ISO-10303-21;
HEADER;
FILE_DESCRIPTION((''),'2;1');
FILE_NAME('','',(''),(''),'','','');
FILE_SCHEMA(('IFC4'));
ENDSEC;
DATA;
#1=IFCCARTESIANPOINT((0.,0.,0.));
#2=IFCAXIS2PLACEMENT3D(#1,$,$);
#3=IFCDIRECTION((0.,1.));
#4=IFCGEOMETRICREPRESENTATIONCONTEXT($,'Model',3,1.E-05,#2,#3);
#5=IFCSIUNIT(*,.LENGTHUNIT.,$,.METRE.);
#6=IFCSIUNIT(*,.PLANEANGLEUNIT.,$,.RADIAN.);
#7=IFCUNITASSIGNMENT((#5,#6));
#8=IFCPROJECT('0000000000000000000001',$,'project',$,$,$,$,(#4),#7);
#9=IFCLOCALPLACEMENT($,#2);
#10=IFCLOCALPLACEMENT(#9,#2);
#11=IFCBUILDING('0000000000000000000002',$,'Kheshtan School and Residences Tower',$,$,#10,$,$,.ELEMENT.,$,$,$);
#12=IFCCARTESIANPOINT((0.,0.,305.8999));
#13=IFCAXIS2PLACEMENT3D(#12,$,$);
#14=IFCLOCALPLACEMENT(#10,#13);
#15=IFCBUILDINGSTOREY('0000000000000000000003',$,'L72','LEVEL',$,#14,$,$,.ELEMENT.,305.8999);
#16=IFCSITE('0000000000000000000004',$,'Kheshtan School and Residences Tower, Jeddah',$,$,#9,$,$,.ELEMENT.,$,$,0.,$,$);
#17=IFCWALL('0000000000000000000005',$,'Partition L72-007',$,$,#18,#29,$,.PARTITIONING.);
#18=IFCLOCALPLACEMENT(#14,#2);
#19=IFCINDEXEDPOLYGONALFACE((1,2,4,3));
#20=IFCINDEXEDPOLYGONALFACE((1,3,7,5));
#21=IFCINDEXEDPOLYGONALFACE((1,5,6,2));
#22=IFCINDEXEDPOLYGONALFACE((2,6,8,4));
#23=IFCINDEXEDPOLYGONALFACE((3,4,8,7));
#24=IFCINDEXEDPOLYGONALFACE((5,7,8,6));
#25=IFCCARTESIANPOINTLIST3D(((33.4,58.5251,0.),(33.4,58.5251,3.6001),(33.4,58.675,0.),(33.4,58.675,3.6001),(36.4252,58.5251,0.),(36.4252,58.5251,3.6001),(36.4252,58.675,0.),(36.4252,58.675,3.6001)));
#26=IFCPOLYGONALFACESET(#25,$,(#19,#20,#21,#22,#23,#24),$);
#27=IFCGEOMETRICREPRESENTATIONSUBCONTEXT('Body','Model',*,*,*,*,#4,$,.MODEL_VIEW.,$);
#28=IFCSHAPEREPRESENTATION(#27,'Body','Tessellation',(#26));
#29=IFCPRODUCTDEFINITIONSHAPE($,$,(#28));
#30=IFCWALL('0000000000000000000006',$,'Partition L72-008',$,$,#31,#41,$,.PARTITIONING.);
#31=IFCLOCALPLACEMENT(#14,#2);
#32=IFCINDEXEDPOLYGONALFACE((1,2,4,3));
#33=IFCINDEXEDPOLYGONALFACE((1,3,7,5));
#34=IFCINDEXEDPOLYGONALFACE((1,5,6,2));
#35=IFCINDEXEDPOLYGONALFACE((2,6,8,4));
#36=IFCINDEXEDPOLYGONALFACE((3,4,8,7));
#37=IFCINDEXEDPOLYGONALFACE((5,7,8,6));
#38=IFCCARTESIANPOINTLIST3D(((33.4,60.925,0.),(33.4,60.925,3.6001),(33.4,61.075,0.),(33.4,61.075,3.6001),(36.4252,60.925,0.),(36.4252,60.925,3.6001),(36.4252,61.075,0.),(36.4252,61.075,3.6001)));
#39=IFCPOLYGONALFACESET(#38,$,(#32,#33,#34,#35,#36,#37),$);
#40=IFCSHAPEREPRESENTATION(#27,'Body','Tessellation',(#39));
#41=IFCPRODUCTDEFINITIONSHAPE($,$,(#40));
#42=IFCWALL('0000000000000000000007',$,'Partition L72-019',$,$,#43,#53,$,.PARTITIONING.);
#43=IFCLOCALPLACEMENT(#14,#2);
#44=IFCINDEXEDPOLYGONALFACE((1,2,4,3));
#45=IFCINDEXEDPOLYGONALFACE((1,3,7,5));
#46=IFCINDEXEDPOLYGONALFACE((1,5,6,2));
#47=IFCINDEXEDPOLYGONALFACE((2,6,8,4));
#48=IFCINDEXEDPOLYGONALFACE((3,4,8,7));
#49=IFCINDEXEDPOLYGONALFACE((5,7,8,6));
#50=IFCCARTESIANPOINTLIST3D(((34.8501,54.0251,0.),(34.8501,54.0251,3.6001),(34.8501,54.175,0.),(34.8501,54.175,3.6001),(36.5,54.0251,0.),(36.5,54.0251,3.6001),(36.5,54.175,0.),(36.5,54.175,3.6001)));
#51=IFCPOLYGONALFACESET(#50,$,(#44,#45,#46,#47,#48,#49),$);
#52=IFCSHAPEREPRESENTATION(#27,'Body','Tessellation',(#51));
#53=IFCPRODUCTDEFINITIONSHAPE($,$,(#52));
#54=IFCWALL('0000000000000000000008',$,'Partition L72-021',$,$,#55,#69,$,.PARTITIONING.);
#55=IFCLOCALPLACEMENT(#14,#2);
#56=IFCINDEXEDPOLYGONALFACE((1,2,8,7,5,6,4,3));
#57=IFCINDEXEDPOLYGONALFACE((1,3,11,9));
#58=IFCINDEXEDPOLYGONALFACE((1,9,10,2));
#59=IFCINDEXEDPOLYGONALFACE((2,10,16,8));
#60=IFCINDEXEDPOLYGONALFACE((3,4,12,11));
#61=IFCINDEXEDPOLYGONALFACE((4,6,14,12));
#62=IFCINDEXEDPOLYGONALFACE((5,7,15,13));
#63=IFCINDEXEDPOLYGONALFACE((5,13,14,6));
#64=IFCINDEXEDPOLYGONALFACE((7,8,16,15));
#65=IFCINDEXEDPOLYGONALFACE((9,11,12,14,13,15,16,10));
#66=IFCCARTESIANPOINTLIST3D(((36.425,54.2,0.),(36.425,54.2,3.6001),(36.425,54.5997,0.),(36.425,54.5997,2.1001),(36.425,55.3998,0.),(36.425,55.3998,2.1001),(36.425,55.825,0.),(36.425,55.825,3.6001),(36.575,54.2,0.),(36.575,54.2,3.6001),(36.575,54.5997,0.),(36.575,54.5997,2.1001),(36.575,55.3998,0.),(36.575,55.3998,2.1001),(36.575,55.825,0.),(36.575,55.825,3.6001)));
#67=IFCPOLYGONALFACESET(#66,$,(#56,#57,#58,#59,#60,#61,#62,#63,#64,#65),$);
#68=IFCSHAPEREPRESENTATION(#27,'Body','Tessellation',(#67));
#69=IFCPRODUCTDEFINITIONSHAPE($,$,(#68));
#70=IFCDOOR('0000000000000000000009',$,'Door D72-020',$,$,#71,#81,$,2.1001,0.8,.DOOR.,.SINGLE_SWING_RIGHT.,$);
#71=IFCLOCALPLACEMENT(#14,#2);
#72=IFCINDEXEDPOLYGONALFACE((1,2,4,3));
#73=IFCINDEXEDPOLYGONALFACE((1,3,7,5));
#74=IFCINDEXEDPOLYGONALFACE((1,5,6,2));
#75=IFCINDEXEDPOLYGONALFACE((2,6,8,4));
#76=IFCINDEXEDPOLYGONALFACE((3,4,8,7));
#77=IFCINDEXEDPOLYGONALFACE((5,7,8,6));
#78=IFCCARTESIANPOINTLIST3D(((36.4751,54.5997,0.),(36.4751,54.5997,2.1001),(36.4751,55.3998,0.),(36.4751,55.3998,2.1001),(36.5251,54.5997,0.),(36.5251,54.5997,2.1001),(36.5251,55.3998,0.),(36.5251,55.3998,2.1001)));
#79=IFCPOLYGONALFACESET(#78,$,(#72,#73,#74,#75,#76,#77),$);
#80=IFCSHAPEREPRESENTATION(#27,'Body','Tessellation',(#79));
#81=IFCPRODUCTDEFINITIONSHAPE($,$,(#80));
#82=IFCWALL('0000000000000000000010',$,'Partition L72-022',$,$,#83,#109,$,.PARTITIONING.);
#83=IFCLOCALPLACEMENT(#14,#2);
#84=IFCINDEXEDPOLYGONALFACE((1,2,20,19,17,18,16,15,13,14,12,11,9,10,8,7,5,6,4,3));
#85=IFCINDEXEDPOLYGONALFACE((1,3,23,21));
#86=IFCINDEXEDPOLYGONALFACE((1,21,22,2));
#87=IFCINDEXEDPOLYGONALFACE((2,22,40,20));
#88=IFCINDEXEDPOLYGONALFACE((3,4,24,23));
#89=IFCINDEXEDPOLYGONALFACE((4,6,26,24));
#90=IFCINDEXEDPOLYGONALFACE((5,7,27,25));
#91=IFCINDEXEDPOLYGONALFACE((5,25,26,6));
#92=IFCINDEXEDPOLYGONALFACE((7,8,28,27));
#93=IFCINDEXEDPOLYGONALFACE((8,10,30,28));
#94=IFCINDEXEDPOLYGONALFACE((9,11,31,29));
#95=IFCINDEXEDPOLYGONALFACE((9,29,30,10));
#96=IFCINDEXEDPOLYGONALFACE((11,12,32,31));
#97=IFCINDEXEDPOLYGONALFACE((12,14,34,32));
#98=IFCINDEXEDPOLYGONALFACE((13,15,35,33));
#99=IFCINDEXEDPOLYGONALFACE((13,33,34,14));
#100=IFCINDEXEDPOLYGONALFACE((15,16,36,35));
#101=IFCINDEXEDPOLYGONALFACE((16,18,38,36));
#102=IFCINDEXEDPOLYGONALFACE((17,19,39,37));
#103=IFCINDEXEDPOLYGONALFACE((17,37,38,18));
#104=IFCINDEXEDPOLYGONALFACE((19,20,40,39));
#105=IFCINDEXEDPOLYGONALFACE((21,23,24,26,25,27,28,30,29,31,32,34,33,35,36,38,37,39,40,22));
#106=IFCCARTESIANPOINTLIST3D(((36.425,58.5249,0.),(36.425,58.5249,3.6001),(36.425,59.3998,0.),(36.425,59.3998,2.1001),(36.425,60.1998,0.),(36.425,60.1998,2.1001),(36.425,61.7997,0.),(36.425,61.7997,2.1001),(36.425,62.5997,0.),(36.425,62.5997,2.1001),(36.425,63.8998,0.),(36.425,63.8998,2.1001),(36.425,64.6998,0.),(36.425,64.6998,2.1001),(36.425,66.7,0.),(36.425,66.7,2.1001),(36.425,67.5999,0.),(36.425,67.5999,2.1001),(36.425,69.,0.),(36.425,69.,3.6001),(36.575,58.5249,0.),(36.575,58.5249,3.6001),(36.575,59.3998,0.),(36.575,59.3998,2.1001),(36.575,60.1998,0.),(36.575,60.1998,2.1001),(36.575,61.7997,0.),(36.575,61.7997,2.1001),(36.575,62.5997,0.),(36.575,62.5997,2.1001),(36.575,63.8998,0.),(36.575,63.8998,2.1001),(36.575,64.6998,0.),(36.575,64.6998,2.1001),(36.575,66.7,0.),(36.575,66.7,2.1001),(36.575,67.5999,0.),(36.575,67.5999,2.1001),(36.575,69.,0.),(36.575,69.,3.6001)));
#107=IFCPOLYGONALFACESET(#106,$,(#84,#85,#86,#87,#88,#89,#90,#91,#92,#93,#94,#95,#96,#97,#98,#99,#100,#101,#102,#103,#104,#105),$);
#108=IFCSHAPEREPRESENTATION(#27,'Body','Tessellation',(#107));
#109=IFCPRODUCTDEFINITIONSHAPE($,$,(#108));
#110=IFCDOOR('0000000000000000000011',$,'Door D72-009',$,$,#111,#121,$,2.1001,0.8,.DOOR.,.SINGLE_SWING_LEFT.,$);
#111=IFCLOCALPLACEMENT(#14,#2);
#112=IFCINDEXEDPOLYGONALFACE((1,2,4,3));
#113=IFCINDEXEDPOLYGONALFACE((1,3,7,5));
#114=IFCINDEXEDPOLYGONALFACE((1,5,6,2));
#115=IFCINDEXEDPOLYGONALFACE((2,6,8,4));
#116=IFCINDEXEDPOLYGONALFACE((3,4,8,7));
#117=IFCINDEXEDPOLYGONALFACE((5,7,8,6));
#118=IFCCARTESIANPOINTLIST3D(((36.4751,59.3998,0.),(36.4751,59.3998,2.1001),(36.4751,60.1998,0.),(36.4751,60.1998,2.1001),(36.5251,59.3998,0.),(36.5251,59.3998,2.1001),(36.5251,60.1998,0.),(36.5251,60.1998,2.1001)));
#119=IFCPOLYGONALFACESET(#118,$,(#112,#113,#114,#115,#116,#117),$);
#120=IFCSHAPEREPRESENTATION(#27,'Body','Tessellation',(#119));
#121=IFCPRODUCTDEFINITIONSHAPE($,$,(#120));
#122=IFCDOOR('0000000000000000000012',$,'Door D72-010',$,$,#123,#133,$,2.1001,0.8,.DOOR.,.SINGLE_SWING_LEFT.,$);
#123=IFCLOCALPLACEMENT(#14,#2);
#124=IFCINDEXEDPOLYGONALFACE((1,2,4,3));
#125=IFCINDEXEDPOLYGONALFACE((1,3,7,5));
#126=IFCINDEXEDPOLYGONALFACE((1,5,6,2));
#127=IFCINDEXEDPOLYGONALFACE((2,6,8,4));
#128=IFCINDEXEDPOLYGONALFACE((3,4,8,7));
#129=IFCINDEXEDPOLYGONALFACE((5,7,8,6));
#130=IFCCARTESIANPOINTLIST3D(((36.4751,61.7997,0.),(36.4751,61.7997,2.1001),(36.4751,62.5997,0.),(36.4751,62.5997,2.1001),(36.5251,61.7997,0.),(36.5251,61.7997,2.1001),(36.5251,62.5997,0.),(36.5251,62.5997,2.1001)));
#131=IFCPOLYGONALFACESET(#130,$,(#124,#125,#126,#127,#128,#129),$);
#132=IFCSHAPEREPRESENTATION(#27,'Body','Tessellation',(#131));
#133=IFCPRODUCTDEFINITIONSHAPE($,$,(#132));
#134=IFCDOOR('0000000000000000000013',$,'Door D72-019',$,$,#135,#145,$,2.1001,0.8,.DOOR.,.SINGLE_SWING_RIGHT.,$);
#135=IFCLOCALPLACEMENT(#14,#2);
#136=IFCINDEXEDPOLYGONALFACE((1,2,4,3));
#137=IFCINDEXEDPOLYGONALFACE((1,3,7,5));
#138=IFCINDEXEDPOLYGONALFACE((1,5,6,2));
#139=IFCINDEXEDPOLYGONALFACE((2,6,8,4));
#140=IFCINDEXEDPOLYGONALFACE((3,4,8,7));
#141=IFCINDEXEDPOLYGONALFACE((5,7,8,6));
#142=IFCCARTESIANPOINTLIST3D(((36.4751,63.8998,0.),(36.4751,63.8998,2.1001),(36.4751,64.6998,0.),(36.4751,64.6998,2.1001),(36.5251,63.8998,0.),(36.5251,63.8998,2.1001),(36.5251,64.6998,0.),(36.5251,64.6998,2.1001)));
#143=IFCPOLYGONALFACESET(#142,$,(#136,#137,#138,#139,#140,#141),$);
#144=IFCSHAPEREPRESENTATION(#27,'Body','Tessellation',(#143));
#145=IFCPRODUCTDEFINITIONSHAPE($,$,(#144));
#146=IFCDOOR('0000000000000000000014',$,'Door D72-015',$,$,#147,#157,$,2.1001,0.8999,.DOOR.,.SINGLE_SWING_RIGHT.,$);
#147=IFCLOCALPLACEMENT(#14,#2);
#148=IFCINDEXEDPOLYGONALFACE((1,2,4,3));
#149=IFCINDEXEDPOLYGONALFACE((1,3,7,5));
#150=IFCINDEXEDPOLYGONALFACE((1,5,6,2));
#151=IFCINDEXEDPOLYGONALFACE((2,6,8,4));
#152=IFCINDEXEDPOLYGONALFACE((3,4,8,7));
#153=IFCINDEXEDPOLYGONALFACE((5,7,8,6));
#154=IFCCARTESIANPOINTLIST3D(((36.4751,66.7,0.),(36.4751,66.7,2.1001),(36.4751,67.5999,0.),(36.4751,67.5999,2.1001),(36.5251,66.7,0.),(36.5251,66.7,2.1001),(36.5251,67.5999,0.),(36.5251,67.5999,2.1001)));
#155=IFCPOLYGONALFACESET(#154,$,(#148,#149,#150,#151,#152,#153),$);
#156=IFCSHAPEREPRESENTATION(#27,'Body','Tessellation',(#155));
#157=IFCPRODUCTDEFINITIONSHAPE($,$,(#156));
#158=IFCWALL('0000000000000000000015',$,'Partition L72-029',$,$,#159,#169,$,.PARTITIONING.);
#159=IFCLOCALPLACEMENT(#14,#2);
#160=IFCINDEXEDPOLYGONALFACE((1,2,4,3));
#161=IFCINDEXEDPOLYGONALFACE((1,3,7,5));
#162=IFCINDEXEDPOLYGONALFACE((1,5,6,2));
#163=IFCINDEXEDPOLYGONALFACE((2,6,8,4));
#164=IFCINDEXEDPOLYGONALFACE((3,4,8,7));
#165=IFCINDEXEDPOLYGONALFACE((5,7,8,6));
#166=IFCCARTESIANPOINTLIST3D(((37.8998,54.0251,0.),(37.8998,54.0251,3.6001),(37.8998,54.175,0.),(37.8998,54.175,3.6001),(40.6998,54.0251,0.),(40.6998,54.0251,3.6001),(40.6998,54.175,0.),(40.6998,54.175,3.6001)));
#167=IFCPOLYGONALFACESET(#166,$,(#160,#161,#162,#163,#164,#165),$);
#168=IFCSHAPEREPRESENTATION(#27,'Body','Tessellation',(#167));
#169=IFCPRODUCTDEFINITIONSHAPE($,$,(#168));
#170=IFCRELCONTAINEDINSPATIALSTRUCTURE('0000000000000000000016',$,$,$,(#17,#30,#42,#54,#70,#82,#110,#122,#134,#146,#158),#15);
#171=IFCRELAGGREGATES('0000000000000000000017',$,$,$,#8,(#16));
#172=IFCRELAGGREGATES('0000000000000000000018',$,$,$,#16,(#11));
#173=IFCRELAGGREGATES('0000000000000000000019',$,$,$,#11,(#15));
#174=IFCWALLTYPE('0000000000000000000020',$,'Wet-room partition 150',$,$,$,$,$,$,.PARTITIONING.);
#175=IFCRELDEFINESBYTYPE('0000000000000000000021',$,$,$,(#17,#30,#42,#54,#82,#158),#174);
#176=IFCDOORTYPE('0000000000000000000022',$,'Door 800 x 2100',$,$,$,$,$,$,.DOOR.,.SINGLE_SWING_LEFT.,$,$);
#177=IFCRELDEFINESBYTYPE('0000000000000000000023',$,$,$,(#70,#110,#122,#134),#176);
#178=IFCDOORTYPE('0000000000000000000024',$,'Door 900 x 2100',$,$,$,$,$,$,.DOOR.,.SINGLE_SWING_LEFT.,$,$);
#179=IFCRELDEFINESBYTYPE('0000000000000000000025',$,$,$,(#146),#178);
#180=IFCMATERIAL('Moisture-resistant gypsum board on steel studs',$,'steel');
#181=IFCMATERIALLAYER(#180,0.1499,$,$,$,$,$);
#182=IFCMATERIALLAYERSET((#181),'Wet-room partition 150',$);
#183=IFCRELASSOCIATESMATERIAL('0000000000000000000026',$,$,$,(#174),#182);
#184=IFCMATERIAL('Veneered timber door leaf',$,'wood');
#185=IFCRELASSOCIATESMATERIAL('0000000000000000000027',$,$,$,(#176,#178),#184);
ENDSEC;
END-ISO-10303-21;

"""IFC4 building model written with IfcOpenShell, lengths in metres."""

from ifc_helpers import new_model, si_unit, direction, frame, frame_2d, origin, place, context, subcontext, project, spatial, rectangle, extrude, source, transform, mapped, material, layer, layer_set, type_object, element, fill, save


model = new_model("IFC4")

# Units and contexts
model_context = context("Model", 3, precision=1e-05, world=origin(), true_north=direction((0.0, 1.0)))
body_context = subcontext(model_context, "Body", "Model", "MODEL_VIEW")
ifc_project = project(units=[si_unit("LENGTHUNIT", "METRE"), si_unit("PLANEANGLEUNIT", "RADIAN")], contexts=[model_context])

# Site, building, storey
site_placement = place(None, origin())
site = spatial("IfcSite", under=ifc_project, at=site_placement, Name="Kheshtan School and Residences Tower, Jeddah", CompositionType="ELEMENT", RefElevation=0.0)
building_placement = place(site_placement, origin())
building = spatial("IfcBuilding", under=site, at=building_placement, Name="Kheshtan School and Residences Tower", CompositionType="ELEMENT")
storey_placement = place(building_placement, frame((0.0, 0.0, 305.8999)))
storey = spatial("IfcBuildingStorey", under=building, at=storey_placement, Name="L72", Description="LEVEL", CompositionType="ELEMENT", Elevation=305.8999)

# Walls
ifc_material_1 = material(Name="Moisture-resistant gypsum board on steel studs", Category="steel")
ifc_layer_1 = layer(ifc_material_1, 0.1499)
ifc_layer_set_1 = layer_set([ifc_layer_1], Name="Wet-room partition 150")
wall_type_1 = type_object("IfcWallType", Name="Wet-room partition 150", PredefinedType="PARTITIONING", material=ifc_layer_set_1)
for number, where, z_axis, x_axis, name in (
    (1, (33.3999, 58.6001, 0.0), (0.0, 0.0, 1.0), (1.0, 0.0, 0.0), "Partition L72-007"),
    (2, (33.3999, 61.0, 0.0), (0.0, 0.0, 1.0), (1.0, 0.0, 0.0), "Partition L72-008"),
):
    element("IfcWall", number, at=place(storey_placement, frame(where, z_axis=z_axis, x_axis=x_axis)), inside=storey, type_object=wall_type_1, Name=name, PredefinedType="PARTITIONING", context=body_context, shape_type="SweptSolid", body=[
        extrude(rectangle(XDim=3.0251, YDim=0.1499, at=frame_2d((1.5127, 0.0))), origin(), (0.0, 0.0, 1.0), 3.6001),
    ])
wall_1_placement = place(storey_placement, frame((34.8501, 54.1001, 0.0), z_axis=(0.0, 0.0, 1.0), x_axis=(1.0, 0.0, 0.0)))
element("IfcWall", 3, at=wall_1_placement, inside=storey, type_object=wall_type_1, Name="Partition L72-019", PredefinedType="PARTITIONING", context=body_context, shape_type="SweptSolid", body=[
    extrude(rectangle(XDim=1.6499, YDim=0.1499, at=frame_2d((0.825, 0.0))), origin(), (0.0, 0.0, 1.0), 3.6001),
])

# Wall, opening, door
wall_2_placement = place(storey_placement, frame((36.5, 54.2, 0.0), z_axis=(0.0, 0.0, 1.0), x_axis=(0.0, 1.0, 0.0)))
wall_2 = element("IfcWall", 4, at=wall_2_placement, inside=storey, type_object=wall_type_1, Name="Partition L72-021", PredefinedType="PARTITIONING", context=body_context, shape_type="SweptSolid", body=[
    extrude(rectangle(XDim=1.625, YDim=0.1499, at=frame_2d((0.8125, 0.0))), origin(), (0.0, 0.0, 1.0), 3.6001),
])
opening_1_placement = place(wall_2_placement, frame((0.3999, 0.0, 0.0)))
opening_1 = element("IfcOpeningElement", 5, at=opening_1_placement, cuts=wall_2, PredefinedType="OPENING", context=body_context, shape_type="SweptSolid", body=[
    extrude(rectangle(XDim=0.8, YDim=2.1001, at=frame_2d((0.3999, 1.05))), frame((0.0, 0.085, 0.0), z_axis=(0.0, -1.0, 0.0), x_axis=(1.0, 0.0, 0.0)), (0.0, 0.0, 1.0), 0.1699),
])
ifc_material_2 = material(Name="Veneered timber door leaf", Category="wood")
door_type_1 = type_object("IfcDoorType", Name="Door 800 x 2100", OperationType="SINGLE_SWING_LEFT", PredefinedType="DOOR", material=ifc_material_2)
shared_shape_1 = source(origin(), body_context, "Body", "SweptSolid", [
    extrude(rectangle(XDim=0.8, YDim=2.1001, at=frame_2d((0.3999, 1.05))), frame((0.0, 0.0249, 0.0), z_axis=(0.0, -1.0, 0.0), x_axis=(1.0, 0.0, 0.0)), (0.0, 0.0, 1.0), 0.05),
])
door_1_placement = place(opening_1_placement, origin())
door_1 = element("IfcDoor", 6, at=door_1_placement, inside=storey, type_object=door_type_1, Name="Door D72-020", OperationType="SINGLE_SWING_RIGHT", OverallHeight=2.1001, OverallWidth=0.8, PredefinedType="DOOR", context=body_context, shape_type="MappedRepresentation", body=[
    mapped(shared_shape_1, transform((0.0, 0.0, 0.0), x_axis=(1.0, 0.0, 0.0), y_axis=(0.0, 1.0, 0.0), z_axis=(0.0, 0.0, 1.0), scale=1.0)),
])
fill(opening_1, door_1)

# Wall, openings, doors
wall_3_placement = place(storey_placement, frame((36.5, 58.5249, 0.0), z_axis=(0.0, 0.0, 1.0), x_axis=(0.0, 1.0, 0.0)))
wall_3 = element("IfcWall", 7, at=wall_3_placement, inside=storey, type_object=wall_type_1, Name="Partition L72-022", PredefinedType="PARTITIONING", context=body_context, shape_type="SweptSolid", body=[
    extrude(rectangle(XDim=10.4751, YDim=0.1499, at=frame_2d((5.2375, 0.0))), origin(), (0.0, 0.0, 1.0), 3.6001),
])
opening_2_placement = place(wall_3_placement, frame((0.875, 0.0, 0.0)))
opening_2 = element("IfcOpeningElement", 8, at=opening_2_placement, cuts=wall_3, PredefinedType="OPENING", context=body_context, shape_type="SweptSolid", body=[
    extrude(rectangle(XDim=0.8, YDim=2.1001, at=frame_2d((0.3999, 1.05))), frame((0.0, 0.085, 0.0), z_axis=(0.0, -1.0, 0.0), x_axis=(1.0, 0.0, 0.0)), (0.0, 0.0, 1.0), 0.1699),
])
opening_3_placement = place(wall_3_placement, frame((3.2749, 0.0, 0.0)))
opening_3 = element("IfcOpeningElement", 9, at=opening_3_placement, cuts=wall_3, PredefinedType="OPENING", context=body_context, shape_type="SweptSolid", body=[
    extrude(rectangle(XDim=0.8, YDim=2.1001, at=frame_2d((0.3999, 1.05))), frame((0.0, 0.085, 0.0), z_axis=(0.0, -1.0, 0.0), x_axis=(1.0, 0.0, 0.0)), (0.0, 0.0, 1.0), 0.1699),
])
opening_4_placement = place(wall_3_placement, frame((8.175, 0.0, 0.0)))
opening_4 = element("IfcOpeningElement", 10, at=opening_4_placement, cuts=wall_3, PredefinedType="OPENING", context=body_context, shape_type="SweptSolid", body=[
    extrude(rectangle(XDim=0.8999, YDim=2.1001, at=frame_2d((0.45, 1.05))), frame((0.0, 0.085, 0.0), z_axis=(0.0, -1.0, 0.0), x_axis=(1.0, 0.0, 0.0)), (0.0, 0.0, 1.0), 0.1699),
])
opening_5_placement = place(wall_3_placement, frame((5.375, 0.0, 0.0)))
opening_5 = element("IfcOpeningElement", 11, at=opening_5_placement, cuts=wall_3, PredefinedType="OPENING", context=body_context, shape_type="SweptSolid", body=[
    extrude(rectangle(XDim=0.8, YDim=2.1001, at=frame_2d((0.3999, 1.05))), frame((0.0, 0.085, 0.0), z_axis=(0.0, -1.0, 0.0), x_axis=(1.0, 0.0, 0.0)), (0.0, 0.0, 1.0), 0.1699),
])
door_2_placement = place(opening_2_placement, origin())
door_2 = element("IfcDoor", 12, at=door_2_placement, inside=storey, type_object=door_type_1, Name="Door D72-009", OperationType="SINGLE_SWING_LEFT", OverallHeight=2.1001, OverallWidth=0.8, PredefinedType="DOOR", context=body_context, shape_type="MappedRepresentation", body=[
    mapped(shared_shape_1, transform((0.0, 0.0, 0.0), x_axis=(1.0, 0.0, 0.0), y_axis=(0.0, 1.0, 0.0), z_axis=(0.0, 0.0, 1.0), scale=1.0)),
])
fill(opening_2, door_2)
door_3_placement = place(opening_3_placement, origin())
door_3 = element("IfcDoor", 13, at=door_3_placement, inside=storey, type_object=door_type_1, Name="Door D72-010", OperationType="SINGLE_SWING_LEFT", OverallHeight=2.1001, OverallWidth=0.8, PredefinedType="DOOR", context=body_context, shape_type="MappedRepresentation", body=[
    mapped(shared_shape_1, transform((0.0, 0.0, 0.0), x_axis=(1.0, 0.0, 0.0), y_axis=(0.0, 1.0, 0.0), z_axis=(0.0, 0.0, 1.0), scale=1.0)),
])
fill(opening_3, door_3)
door_4_placement = place(opening_5_placement, origin())
door_4 = element("IfcDoor", 14, at=door_4_placement, inside=storey, type_object=door_type_1, Name="Door D72-019", OperationType="SINGLE_SWING_RIGHT", OverallHeight=2.1001, OverallWidth=0.8, PredefinedType="DOOR", context=body_context, shape_type="MappedRepresentation", body=[
    mapped(shared_shape_1, transform((0.0, 0.0, 0.0), x_axis=(1.0, 0.0, 0.0), y_axis=(0.0, 1.0, 0.0), z_axis=(0.0, 0.0, 1.0), scale=1.0)),
])
fill(opening_5, door_4)
door_type_2 = type_object("IfcDoorType", Name="Door 900 x 2100", OperationType="SINGLE_SWING_LEFT", PredefinedType="DOOR", material=ifc_material_2)
shared_shape_2 = source(origin(), body_context, "Body", "SweptSolid", [
    extrude(rectangle(XDim=0.8999, YDim=2.1001, at=frame_2d((0.45, 1.05))), frame((0.0, 0.0249, 0.0), z_axis=(0.0, -1.0, 0.0), x_axis=(1.0, 0.0, 0.0)), (0.0, 0.0, 1.0), 0.05),
])
door_5_placement = place(opening_4_placement, origin())
door_5 = element("IfcDoor", 15, at=door_5_placement, inside=storey, type_object=door_type_2, Name="Door D72-015", OperationType="SINGLE_SWING_RIGHT", OverallHeight=2.1001, OverallWidth=0.8999, PredefinedType="DOOR", context=body_context, shape_type="MappedRepresentation", body=[
    mapped(shared_shape_2, transform((0.0, 0.0, 0.0), x_axis=(1.0, 0.0, 0.0), y_axis=(0.0, 1.0, 0.0), z_axis=(0.0, 0.0, 1.0), scale=1.0)),
])
fill(opening_4, door_5)

# Wall
wall_4_placement = place(storey_placement, frame((37.8999, 54.1001, 0.0), z_axis=(0.0, 0.0, 1.0), x_axis=(1.0, 0.0, 0.0)))
element("IfcWall", 16, at=wall_4_placement, inside=storey, type_object=wall_type_1, Name="Partition L72-029", PredefinedType="PARTITIONING", context=body_context, shape_type="SweptSolid", body=[
    extrude(rectangle(XDim=2.8, YDim=0.1499, at=frame_2d((1.3999, 0.0))), origin(), (0.0, 0.0, 1.0), 3.6001),
])

save(model, "model.ifc")
